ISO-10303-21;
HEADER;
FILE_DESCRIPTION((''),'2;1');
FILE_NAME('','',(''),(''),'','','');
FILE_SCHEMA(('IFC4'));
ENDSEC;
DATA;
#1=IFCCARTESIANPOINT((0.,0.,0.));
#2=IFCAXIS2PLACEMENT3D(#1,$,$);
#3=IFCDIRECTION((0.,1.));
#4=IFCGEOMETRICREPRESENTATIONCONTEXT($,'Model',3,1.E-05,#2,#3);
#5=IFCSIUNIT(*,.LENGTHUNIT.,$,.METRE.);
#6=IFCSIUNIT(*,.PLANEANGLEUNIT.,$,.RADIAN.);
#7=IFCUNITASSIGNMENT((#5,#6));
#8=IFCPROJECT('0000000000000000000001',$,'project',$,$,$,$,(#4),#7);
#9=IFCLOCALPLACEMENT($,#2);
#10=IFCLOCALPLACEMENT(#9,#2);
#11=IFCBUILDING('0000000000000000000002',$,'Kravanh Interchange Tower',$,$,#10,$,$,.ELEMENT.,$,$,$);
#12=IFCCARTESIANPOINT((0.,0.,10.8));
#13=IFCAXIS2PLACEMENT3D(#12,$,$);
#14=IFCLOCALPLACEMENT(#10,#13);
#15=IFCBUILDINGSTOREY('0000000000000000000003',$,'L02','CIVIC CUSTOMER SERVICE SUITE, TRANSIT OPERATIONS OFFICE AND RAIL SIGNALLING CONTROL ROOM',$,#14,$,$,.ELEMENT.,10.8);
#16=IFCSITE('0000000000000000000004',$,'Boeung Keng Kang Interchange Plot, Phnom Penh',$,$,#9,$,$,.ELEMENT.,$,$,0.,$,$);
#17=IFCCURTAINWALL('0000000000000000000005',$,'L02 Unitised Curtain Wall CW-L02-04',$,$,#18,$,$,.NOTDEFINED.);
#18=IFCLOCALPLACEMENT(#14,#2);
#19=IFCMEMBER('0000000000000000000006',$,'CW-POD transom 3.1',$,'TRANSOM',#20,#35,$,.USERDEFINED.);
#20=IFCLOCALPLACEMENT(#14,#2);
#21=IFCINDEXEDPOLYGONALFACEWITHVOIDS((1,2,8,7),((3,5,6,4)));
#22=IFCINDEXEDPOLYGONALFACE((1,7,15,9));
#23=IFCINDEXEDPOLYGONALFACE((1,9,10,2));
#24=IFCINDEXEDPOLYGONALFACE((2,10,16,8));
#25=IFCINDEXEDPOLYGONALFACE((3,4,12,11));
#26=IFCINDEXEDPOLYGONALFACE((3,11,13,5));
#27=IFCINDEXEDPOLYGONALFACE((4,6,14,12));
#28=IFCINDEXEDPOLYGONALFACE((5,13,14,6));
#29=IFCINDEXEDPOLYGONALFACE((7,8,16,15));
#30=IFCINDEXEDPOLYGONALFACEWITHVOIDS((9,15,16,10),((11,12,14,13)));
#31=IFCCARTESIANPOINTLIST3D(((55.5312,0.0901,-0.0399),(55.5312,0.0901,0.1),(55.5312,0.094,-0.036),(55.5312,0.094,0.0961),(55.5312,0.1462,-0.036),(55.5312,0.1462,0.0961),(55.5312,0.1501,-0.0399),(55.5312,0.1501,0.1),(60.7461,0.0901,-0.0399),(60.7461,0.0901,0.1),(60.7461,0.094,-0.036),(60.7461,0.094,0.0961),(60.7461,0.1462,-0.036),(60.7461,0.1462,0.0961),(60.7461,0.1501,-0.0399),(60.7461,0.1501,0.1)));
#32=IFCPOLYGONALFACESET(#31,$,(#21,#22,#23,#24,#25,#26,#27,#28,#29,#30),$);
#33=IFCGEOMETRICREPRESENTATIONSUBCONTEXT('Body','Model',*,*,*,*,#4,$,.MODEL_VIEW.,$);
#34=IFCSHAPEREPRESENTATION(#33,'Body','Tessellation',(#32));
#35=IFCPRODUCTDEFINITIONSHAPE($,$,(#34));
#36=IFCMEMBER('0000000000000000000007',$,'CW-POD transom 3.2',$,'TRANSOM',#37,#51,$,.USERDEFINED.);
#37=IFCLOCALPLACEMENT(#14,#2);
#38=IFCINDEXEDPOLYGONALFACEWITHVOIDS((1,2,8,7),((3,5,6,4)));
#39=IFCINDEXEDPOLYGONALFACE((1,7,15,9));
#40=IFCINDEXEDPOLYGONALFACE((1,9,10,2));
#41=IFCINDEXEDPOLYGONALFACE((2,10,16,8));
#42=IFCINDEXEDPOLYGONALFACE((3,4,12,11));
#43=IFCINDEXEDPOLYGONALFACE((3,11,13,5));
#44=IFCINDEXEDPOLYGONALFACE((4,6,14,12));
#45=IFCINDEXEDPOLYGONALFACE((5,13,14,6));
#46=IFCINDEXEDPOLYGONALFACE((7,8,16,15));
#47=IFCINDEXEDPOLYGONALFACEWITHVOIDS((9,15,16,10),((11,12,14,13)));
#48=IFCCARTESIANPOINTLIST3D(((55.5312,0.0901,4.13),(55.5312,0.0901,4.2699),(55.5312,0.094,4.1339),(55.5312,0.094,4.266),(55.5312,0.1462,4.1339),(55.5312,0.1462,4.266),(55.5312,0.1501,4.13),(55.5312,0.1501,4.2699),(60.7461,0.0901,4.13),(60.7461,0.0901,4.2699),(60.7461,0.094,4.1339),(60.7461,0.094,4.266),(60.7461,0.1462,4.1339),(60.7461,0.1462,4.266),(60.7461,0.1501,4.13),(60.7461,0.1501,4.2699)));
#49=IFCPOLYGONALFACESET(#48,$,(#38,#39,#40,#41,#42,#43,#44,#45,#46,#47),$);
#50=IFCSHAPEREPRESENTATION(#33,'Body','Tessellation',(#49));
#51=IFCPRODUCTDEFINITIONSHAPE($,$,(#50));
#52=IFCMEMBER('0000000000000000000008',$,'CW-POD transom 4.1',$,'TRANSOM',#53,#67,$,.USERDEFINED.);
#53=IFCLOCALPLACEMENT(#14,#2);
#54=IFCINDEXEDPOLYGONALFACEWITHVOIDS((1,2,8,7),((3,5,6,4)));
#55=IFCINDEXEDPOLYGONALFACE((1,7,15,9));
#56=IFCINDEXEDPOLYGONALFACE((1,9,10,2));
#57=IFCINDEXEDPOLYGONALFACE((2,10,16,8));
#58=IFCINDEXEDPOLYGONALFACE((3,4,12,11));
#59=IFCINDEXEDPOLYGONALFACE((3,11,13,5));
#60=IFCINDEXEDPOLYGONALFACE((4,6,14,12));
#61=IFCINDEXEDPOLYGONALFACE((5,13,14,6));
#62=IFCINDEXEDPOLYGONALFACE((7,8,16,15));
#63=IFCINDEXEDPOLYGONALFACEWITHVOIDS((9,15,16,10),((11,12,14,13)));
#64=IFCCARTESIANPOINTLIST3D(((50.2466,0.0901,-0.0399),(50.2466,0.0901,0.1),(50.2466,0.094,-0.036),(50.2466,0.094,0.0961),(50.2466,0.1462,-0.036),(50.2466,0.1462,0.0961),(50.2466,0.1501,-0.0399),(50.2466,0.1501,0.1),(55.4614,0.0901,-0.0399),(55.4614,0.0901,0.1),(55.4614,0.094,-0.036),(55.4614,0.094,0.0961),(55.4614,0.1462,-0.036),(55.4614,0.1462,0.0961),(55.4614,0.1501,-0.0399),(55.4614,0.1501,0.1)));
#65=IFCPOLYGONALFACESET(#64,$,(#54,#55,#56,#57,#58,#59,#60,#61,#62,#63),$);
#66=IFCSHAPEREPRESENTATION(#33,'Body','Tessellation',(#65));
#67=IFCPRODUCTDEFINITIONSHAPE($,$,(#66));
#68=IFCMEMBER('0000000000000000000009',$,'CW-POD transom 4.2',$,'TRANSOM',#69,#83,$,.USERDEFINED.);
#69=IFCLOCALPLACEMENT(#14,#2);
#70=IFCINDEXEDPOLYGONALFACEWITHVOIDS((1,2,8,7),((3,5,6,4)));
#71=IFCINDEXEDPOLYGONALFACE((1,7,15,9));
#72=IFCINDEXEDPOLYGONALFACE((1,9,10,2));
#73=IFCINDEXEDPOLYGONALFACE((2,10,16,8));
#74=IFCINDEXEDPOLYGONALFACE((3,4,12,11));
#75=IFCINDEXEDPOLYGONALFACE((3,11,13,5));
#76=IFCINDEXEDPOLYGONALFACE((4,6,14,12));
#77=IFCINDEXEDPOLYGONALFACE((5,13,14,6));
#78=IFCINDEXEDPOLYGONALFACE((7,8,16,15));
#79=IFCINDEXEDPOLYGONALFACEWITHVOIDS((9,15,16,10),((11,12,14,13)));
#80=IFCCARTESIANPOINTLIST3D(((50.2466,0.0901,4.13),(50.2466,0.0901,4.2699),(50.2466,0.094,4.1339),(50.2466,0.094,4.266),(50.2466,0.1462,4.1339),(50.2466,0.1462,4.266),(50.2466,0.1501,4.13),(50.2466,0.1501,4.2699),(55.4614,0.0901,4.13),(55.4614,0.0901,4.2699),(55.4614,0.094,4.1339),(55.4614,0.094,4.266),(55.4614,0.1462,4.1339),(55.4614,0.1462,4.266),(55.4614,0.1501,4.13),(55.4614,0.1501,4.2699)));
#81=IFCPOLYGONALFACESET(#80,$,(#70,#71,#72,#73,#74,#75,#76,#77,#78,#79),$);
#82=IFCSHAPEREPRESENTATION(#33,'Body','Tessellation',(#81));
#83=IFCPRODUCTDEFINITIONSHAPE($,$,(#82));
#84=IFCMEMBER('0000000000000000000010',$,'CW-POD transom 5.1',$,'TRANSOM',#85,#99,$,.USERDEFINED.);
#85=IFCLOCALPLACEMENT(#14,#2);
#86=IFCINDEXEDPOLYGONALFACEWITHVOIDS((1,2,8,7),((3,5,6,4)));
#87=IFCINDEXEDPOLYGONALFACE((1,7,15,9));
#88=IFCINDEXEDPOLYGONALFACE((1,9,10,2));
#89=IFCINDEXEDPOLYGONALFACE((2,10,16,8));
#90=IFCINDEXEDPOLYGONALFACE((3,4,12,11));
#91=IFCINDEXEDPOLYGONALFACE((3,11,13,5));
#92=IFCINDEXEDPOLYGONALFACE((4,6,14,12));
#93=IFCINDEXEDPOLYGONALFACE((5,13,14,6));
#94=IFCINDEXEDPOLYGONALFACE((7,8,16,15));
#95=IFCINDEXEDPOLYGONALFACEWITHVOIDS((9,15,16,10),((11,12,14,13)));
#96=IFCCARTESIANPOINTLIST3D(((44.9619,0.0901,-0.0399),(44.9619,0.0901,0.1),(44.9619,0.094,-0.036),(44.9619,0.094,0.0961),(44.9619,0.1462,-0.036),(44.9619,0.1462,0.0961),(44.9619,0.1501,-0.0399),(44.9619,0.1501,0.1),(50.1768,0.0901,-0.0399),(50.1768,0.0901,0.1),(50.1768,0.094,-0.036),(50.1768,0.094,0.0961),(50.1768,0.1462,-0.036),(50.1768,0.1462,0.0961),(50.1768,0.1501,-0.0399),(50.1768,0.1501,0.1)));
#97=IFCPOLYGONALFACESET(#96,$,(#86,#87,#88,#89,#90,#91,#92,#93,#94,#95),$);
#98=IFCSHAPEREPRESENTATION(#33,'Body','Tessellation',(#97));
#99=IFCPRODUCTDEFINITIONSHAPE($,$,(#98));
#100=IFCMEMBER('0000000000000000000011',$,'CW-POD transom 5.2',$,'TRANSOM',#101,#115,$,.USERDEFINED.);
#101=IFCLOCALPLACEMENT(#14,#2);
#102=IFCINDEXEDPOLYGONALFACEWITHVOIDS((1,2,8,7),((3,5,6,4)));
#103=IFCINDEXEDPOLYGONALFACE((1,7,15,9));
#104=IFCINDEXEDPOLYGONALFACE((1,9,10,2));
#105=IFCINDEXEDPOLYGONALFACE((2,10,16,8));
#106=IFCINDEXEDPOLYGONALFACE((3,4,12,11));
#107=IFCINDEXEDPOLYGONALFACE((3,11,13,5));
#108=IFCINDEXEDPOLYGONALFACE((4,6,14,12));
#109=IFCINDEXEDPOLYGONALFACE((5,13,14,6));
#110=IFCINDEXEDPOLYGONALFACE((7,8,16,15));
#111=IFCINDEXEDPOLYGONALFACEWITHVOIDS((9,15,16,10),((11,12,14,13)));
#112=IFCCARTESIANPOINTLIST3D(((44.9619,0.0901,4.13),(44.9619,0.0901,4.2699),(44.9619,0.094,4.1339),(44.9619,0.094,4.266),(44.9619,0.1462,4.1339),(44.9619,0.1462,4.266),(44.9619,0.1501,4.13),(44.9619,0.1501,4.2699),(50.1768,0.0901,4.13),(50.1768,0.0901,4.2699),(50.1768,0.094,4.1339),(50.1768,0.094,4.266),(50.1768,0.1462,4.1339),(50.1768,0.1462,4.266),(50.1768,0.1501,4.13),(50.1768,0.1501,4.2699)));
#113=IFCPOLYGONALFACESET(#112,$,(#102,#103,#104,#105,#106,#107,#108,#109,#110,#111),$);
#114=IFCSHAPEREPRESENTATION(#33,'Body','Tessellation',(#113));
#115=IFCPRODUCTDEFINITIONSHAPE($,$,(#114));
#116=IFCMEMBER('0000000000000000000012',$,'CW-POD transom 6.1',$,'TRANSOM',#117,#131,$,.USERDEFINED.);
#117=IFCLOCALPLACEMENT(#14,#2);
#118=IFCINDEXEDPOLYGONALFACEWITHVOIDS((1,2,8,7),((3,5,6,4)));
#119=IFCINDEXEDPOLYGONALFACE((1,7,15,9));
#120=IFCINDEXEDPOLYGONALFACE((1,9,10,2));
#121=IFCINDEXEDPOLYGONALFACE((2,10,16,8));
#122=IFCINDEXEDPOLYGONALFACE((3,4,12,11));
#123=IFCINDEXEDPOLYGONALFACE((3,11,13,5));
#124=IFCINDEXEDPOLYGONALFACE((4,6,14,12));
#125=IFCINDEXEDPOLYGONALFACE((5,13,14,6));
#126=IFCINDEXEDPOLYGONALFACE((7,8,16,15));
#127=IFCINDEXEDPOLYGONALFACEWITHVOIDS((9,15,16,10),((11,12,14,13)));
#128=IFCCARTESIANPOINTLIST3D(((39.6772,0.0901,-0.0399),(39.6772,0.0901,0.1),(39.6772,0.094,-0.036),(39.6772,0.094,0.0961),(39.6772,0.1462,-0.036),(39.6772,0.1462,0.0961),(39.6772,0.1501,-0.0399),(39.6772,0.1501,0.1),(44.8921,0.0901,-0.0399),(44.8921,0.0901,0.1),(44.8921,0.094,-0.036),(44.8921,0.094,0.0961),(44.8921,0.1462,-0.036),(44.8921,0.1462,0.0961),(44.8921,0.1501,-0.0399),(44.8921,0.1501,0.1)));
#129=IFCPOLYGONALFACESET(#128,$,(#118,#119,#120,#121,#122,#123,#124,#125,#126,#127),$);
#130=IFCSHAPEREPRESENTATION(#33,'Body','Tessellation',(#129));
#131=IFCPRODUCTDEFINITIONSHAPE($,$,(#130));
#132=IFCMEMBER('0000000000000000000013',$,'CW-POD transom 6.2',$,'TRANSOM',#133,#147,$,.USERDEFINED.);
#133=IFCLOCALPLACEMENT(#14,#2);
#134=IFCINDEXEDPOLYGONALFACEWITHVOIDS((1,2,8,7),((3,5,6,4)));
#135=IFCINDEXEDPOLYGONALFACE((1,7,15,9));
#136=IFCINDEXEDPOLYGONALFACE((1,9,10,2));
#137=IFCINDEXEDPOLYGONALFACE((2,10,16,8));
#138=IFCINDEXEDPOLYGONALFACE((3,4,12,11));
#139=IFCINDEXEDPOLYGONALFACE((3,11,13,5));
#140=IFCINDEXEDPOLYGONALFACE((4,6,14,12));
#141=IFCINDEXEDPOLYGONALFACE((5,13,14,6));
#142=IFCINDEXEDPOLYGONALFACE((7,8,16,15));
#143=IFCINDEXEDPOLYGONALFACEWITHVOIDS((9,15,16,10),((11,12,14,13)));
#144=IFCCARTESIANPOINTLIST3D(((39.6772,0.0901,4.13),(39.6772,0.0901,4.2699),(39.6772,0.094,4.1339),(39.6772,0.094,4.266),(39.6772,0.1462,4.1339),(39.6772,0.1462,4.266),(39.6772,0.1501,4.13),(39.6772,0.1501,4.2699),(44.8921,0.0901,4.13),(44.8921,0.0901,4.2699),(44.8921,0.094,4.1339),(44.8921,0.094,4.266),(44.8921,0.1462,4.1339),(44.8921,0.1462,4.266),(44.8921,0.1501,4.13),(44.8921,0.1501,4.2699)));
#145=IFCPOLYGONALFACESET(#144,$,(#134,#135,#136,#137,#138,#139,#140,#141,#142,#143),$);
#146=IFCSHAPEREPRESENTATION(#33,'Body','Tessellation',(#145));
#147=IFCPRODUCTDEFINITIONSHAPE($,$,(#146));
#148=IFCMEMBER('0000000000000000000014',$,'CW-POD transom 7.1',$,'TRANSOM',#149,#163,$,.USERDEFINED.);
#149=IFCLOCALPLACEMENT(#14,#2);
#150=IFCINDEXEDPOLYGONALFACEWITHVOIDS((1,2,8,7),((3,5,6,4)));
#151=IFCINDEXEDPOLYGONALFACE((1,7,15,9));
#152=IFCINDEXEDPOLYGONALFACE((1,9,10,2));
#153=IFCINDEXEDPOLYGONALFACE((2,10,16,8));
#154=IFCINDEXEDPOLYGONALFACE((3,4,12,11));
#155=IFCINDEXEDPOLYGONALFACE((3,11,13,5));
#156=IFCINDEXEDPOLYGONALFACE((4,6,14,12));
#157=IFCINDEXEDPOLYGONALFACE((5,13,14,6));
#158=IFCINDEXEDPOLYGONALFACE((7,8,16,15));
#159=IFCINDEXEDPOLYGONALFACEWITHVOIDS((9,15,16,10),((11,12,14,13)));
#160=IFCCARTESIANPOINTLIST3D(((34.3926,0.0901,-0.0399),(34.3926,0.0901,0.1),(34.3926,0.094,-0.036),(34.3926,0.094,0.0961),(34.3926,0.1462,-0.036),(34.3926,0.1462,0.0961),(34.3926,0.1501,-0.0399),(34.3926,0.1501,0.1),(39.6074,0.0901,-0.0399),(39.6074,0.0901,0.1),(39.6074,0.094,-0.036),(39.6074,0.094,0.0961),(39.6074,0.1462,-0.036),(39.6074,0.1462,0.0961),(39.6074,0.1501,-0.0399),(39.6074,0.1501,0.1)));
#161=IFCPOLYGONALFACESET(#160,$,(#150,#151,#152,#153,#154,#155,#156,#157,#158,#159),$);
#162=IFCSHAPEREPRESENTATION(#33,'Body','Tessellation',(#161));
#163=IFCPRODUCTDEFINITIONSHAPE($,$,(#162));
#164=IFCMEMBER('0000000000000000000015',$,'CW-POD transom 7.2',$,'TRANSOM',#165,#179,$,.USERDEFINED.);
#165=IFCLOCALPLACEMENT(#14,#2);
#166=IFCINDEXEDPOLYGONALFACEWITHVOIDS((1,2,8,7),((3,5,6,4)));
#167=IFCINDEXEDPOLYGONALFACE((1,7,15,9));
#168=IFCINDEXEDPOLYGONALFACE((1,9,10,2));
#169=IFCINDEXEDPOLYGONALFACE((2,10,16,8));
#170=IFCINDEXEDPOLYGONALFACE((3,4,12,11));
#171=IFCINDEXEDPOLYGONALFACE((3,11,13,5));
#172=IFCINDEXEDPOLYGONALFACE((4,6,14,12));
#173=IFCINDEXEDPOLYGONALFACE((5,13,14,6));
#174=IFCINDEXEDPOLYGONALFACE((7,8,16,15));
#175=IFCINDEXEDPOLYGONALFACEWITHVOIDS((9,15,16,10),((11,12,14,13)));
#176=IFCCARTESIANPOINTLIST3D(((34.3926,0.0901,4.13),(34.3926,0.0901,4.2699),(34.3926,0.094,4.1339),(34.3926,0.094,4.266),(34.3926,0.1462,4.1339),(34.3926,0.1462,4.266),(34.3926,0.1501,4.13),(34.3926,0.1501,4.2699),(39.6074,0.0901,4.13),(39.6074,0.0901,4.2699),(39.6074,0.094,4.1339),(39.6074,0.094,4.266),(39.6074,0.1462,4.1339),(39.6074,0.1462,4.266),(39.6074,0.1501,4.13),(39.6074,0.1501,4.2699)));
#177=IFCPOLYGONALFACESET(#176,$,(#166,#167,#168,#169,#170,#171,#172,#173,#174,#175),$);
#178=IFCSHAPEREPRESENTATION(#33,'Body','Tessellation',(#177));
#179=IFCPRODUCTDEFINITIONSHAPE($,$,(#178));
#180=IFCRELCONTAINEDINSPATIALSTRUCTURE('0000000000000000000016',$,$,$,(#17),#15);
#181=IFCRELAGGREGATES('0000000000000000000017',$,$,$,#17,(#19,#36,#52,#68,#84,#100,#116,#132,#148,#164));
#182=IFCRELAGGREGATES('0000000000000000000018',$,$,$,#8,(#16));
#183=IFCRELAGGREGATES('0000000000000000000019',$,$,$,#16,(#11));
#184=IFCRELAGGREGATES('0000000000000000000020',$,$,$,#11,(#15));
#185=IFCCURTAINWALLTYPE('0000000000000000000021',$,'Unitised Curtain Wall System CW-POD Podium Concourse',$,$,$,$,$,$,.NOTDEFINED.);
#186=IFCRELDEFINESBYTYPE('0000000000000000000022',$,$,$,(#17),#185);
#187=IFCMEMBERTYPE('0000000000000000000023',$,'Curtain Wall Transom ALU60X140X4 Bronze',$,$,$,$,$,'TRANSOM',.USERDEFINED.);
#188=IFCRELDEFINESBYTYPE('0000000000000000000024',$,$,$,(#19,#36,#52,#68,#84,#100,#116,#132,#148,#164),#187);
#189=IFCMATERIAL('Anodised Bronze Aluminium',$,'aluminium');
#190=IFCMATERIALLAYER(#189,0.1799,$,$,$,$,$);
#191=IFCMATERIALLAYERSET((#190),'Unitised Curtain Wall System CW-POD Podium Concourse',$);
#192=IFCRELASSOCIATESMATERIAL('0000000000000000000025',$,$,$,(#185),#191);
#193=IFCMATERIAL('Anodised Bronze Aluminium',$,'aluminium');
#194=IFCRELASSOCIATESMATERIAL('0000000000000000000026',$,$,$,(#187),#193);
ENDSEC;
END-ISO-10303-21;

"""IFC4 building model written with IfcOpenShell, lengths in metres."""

from ifc_helpers import new_model, si_unit, direction, frame, origin, origin_2d, place, context, subcontext, project, spatial, hollow_rectangle, extrude, material, layer, layer_set, material_profile, profile_set, type_object, element, aggregate, save


model = new_model("IFC4")

# Units and contexts
model_context = context("Model", 3, precision=1e-05, world=origin(), true_north=direction((0.0, 1.0)))
body_context = subcontext(model_context, "Body", "Model", "MODEL_VIEW")
ifc_project = project(units=[si_unit("LENGTHUNIT", "METRE"), si_unit("PLANEANGLEUNIT", "RADIAN")], contexts=[model_context])

# Site, building, storey
site_placement = place(None, origin())
site = spatial("IfcSite", under=ifc_project, at=site_placement, Name="Boeung Keng Kang Interchange Plot, Phnom Penh", CompositionType="ELEMENT", RefElevation=0.0)
building_placement = place(site_placement, origin())
building = spatial("IfcBuilding", under=site, at=building_placement, Name="Kravanh Interchange Tower", CompositionType="ELEMENT")
storey_placement = place(building_placement, frame((0.0, 0.0, 10.8)))
storey = spatial("IfcBuildingStorey", under=building, at=storey_placement, Name="L02", Description="CIVIC CUSTOMER SERVICE SUITE, TRANSIT OPERATIONS OFFICE AND RAIL SIGNALLING CONTROL ROOM", CompositionType="ELEMENT", Elevation=10.8)

# Curtain wall, members
ifc_material_1 = material(Name="Anodised Bronze Aluminium", Category="aluminium")
ifc_layer_1 = layer(ifc_material_1, 0.1799)
ifc_layer_set_1 = layer_set([ifc_layer_1], Name="Unitised Curtain Wall System CW-POD Podium Concourse")
curtain_wall_type = type_object("IfcCurtainWallType", Name="Unitised Curtain Wall System CW-POD Podium Concourse", PredefinedType="NOTDEFINED", material=ifc_layer_set_1)
curtain_wall_placement = place(storey_placement, origin())
curtain_wall = element("IfcCurtainWall", 1, at=curtain_wall_placement, inside=storey, type_object=curtain_wall_type, Name="L02 Unitised Curtain Wall CW-L02-04", PredefinedType="NOTDEFINED")
ifc_material_2 = material(Name="Anodised Bronze Aluminium", Category="aluminium")
ifc_material_profile_1 = material_profile(ifc_material_2, hollow_rectangle(XDim=0.0601, YDim=0.1399, WallThickness=0.0039, at=origin_2d()), Name="ALU60X140X4")
ifc_profile_set_1 = profile_set([ifc_material_profile_1], Name="Anodised Bronze Aluminium")
member_type_1 = type_object("IfcMemberType", Name="Curtain Wall Transom ALU60X140X4 Bronze", ElementType="TRANSOM", PredefinedType="USERDEFINED", material=ifc_profile_set_1)
member_1_placement = place(storey_placement, frame((60.7461, 0.1201, 0.03), z_axis=(-1.0, 0.0, 0.0), x_axis=(0.0, -1.0, 0.0)))
member_1 = element("IfcMember", 2, at=member_1_placement, type_object=member_type_1, Name="CW-POD transom 3.1", ObjectType="TRANSOM", PredefinedType="USERDEFINED", context=body_context, shape_type="SweptSolid", body=[
    extrude(hollow_rectangle(XDim=0.0601, YDim=0.1399, WallThickness=0.0039, at=origin_2d()), origin(), (0.0, 0.0, 1.0), 5.2148),
])
member_2_placement = place(storey_placement, frame((60.7461, 0.1201, 4.2), z_axis=(-1.0, 0.0, 0.0), x_axis=(0.0, -1.0, 0.0)))
member_2 = element("IfcMember", 3, at=member_2_placement, type_object=member_type_1, Name="CW-POD transom 3.2", ObjectType="TRANSOM", PredefinedType="USERDEFINED", context=body_context, shape_type="SweptSolid", body=[
    extrude(hollow_rectangle(XDim=0.0601, YDim=0.1399, WallThickness=0.0039, at=origin_2d()), origin(), (0.0, 0.0, 1.0), 5.2148),
])
member_3_placement = place(storey_placement, frame((55.4614, 0.1201, 0.03), z_axis=(-1.0, 0.0, 0.0), x_axis=(0.0, -1.0, 0.0)))
member_3 = element("IfcMember", 4, at=member_3_placement, type_object=member_type_1, Name="CW-POD transom 4.1", ObjectType="TRANSOM", PredefinedType="USERDEFINED", context=body_context, shape_type="SweptSolid", body=[
    extrude(hollow_rectangle(XDim=0.0601, YDim=0.1399, WallThickness=0.0039, at=origin_2d()), origin(), (0.0, 0.0, 1.0), 5.2148),
])
member_4_placement = place(storey_placement, frame((55.4614, 0.1201, 4.2), z_axis=(-1.0, 0.0, 0.0), x_axis=(0.0, -1.0, 0.0)))
member_4 = element("IfcMember", 5, at=member_4_placement, type_object=member_type_1, Name="CW-POD transom 4.2", ObjectType="TRANSOM", PredefinedType="USERDEFINED", context=body_context, shape_type="SweptSolid", body=[
    extrude(hollow_rectangle(XDim=0.0601, YDim=0.1399, WallThickness=0.0039, at=origin_2d()), origin(), (0.0, 0.0, 1.0), 5.2148),
])
member_5_placement = place(storey_placement, frame((50.1768, 0.1201, 0.03), z_axis=(-1.0, 0.0, 0.0), x_axis=(0.0, -1.0, 0.0)))
member_5 = element("IfcMember", 6, at=member_5_placement, type_object=member_type_1, Name="CW-POD transom 5.1", ObjectType="TRANSOM", PredefinedType="USERDEFINED", context=body_context, shape_type="SweptSolid", body=[
    extrude(hollow_rectangle(XDim=0.0601, YDim=0.1399, WallThickness=0.0039, at=origin_2d()), origin(), (0.0, 0.0, 1.0), 5.2148),
])
member_6_placement = place(storey_placement, frame((50.1768, 0.1201, 4.2), z_axis=(-1.0, 0.0, 0.0), x_axis=(0.0, -1.0, 0.0)))
member_6 = element("IfcMember", 7, at=member_6_placement, type_object=member_type_1, Name="CW-POD transom 5.2", ObjectType="TRANSOM", PredefinedType="USERDEFINED", context=body_context, shape_type="SweptSolid", body=[
    extrude(hollow_rectangle(XDim=0.0601, YDim=0.1399, WallThickness=0.0039, at=origin_2d()), origin(), (0.0, 0.0, 1.0), 5.2148),
])
member_7_placement = place(storey_placement, frame((44.8921, 0.1201, 0.03), z_axis=(-1.0, 0.0, 0.0), x_axis=(0.0, -1.0, 0.0)))
member_7 = element("IfcMember", 8, at=member_7_placement, type_object=member_type_1, Name="CW-POD transom 6.1", ObjectType="TRANSOM", PredefinedType="USERDEFINED", context=body_context, shape_type="SweptSolid", body=[
    extrude(hollow_rectangle(XDim=0.0601, YDim=0.1399, WallThickness=0.0039, at=origin_2d()), origin(), (0.0, 0.0, 1.0), 5.2148),
])
member_8_placement = place(storey_placement, frame((44.8921, 0.1201, 4.2), z_axis=(-1.0, 0.0, 0.0), x_axis=(0.0, -1.0, 0.0)))
member_8 = element("IfcMember", 9, at=member_8_placement, type_object=member_type_1, Name="CW-POD transom 6.2", ObjectType="TRANSOM", PredefinedType="USERDEFINED", context=body_context, shape_type="SweptSolid", body=[
    extrude(hollow_rectangle(XDim=0.0601, YDim=0.1399, WallThickness=0.0039, at=origin_2d()), origin(), (0.0, 0.0, 1.0), 5.2148),
])
member_9_placement = place(storey_placement, frame((39.6074, 0.1201, 0.03), z_axis=(-1.0, 0.0, 0.0), x_axis=(0.0, -1.0, 0.0)))
member_9 = element("IfcMember", 10, at=member_9_placement, type_object=member_type_1, Name="CW-POD transom 7.1", ObjectType="TRANSOM", PredefinedType="USERDEFINED", context=body_context, shape_type="SweptSolid", body=[
    extrude(hollow_rectangle(XDim=0.0601, YDim=0.1399, WallThickness=0.0039, at=origin_2d()), origin(), (0.0, 0.0, 1.0), 5.2148),
])
member_10_placement = place(storey_placement, frame((39.6074, 0.1201, 4.2), z_axis=(-1.0, 0.0, 0.0), x_axis=(0.0, -1.0, 0.0)))
member_10 = element("IfcMember", 11, at=member_10_placement, type_object=member_type_1, Name="CW-POD transom 7.2", ObjectType="TRANSOM", PredefinedType="USERDEFINED", context=body_context, shape_type="SweptSolid", body=[
    extrude(hollow_rectangle(XDim=0.0601, YDim=0.1399, WallThickness=0.0039, at=origin_2d()), origin(), (0.0, 0.0, 1.0), 5.2148),
])

aggregate(curtain_wall, [member_1, member_2, member_3, member_4, member_5, member_6, member_7, member_8, member_9, member_10])

save(model, "model.ifc")
